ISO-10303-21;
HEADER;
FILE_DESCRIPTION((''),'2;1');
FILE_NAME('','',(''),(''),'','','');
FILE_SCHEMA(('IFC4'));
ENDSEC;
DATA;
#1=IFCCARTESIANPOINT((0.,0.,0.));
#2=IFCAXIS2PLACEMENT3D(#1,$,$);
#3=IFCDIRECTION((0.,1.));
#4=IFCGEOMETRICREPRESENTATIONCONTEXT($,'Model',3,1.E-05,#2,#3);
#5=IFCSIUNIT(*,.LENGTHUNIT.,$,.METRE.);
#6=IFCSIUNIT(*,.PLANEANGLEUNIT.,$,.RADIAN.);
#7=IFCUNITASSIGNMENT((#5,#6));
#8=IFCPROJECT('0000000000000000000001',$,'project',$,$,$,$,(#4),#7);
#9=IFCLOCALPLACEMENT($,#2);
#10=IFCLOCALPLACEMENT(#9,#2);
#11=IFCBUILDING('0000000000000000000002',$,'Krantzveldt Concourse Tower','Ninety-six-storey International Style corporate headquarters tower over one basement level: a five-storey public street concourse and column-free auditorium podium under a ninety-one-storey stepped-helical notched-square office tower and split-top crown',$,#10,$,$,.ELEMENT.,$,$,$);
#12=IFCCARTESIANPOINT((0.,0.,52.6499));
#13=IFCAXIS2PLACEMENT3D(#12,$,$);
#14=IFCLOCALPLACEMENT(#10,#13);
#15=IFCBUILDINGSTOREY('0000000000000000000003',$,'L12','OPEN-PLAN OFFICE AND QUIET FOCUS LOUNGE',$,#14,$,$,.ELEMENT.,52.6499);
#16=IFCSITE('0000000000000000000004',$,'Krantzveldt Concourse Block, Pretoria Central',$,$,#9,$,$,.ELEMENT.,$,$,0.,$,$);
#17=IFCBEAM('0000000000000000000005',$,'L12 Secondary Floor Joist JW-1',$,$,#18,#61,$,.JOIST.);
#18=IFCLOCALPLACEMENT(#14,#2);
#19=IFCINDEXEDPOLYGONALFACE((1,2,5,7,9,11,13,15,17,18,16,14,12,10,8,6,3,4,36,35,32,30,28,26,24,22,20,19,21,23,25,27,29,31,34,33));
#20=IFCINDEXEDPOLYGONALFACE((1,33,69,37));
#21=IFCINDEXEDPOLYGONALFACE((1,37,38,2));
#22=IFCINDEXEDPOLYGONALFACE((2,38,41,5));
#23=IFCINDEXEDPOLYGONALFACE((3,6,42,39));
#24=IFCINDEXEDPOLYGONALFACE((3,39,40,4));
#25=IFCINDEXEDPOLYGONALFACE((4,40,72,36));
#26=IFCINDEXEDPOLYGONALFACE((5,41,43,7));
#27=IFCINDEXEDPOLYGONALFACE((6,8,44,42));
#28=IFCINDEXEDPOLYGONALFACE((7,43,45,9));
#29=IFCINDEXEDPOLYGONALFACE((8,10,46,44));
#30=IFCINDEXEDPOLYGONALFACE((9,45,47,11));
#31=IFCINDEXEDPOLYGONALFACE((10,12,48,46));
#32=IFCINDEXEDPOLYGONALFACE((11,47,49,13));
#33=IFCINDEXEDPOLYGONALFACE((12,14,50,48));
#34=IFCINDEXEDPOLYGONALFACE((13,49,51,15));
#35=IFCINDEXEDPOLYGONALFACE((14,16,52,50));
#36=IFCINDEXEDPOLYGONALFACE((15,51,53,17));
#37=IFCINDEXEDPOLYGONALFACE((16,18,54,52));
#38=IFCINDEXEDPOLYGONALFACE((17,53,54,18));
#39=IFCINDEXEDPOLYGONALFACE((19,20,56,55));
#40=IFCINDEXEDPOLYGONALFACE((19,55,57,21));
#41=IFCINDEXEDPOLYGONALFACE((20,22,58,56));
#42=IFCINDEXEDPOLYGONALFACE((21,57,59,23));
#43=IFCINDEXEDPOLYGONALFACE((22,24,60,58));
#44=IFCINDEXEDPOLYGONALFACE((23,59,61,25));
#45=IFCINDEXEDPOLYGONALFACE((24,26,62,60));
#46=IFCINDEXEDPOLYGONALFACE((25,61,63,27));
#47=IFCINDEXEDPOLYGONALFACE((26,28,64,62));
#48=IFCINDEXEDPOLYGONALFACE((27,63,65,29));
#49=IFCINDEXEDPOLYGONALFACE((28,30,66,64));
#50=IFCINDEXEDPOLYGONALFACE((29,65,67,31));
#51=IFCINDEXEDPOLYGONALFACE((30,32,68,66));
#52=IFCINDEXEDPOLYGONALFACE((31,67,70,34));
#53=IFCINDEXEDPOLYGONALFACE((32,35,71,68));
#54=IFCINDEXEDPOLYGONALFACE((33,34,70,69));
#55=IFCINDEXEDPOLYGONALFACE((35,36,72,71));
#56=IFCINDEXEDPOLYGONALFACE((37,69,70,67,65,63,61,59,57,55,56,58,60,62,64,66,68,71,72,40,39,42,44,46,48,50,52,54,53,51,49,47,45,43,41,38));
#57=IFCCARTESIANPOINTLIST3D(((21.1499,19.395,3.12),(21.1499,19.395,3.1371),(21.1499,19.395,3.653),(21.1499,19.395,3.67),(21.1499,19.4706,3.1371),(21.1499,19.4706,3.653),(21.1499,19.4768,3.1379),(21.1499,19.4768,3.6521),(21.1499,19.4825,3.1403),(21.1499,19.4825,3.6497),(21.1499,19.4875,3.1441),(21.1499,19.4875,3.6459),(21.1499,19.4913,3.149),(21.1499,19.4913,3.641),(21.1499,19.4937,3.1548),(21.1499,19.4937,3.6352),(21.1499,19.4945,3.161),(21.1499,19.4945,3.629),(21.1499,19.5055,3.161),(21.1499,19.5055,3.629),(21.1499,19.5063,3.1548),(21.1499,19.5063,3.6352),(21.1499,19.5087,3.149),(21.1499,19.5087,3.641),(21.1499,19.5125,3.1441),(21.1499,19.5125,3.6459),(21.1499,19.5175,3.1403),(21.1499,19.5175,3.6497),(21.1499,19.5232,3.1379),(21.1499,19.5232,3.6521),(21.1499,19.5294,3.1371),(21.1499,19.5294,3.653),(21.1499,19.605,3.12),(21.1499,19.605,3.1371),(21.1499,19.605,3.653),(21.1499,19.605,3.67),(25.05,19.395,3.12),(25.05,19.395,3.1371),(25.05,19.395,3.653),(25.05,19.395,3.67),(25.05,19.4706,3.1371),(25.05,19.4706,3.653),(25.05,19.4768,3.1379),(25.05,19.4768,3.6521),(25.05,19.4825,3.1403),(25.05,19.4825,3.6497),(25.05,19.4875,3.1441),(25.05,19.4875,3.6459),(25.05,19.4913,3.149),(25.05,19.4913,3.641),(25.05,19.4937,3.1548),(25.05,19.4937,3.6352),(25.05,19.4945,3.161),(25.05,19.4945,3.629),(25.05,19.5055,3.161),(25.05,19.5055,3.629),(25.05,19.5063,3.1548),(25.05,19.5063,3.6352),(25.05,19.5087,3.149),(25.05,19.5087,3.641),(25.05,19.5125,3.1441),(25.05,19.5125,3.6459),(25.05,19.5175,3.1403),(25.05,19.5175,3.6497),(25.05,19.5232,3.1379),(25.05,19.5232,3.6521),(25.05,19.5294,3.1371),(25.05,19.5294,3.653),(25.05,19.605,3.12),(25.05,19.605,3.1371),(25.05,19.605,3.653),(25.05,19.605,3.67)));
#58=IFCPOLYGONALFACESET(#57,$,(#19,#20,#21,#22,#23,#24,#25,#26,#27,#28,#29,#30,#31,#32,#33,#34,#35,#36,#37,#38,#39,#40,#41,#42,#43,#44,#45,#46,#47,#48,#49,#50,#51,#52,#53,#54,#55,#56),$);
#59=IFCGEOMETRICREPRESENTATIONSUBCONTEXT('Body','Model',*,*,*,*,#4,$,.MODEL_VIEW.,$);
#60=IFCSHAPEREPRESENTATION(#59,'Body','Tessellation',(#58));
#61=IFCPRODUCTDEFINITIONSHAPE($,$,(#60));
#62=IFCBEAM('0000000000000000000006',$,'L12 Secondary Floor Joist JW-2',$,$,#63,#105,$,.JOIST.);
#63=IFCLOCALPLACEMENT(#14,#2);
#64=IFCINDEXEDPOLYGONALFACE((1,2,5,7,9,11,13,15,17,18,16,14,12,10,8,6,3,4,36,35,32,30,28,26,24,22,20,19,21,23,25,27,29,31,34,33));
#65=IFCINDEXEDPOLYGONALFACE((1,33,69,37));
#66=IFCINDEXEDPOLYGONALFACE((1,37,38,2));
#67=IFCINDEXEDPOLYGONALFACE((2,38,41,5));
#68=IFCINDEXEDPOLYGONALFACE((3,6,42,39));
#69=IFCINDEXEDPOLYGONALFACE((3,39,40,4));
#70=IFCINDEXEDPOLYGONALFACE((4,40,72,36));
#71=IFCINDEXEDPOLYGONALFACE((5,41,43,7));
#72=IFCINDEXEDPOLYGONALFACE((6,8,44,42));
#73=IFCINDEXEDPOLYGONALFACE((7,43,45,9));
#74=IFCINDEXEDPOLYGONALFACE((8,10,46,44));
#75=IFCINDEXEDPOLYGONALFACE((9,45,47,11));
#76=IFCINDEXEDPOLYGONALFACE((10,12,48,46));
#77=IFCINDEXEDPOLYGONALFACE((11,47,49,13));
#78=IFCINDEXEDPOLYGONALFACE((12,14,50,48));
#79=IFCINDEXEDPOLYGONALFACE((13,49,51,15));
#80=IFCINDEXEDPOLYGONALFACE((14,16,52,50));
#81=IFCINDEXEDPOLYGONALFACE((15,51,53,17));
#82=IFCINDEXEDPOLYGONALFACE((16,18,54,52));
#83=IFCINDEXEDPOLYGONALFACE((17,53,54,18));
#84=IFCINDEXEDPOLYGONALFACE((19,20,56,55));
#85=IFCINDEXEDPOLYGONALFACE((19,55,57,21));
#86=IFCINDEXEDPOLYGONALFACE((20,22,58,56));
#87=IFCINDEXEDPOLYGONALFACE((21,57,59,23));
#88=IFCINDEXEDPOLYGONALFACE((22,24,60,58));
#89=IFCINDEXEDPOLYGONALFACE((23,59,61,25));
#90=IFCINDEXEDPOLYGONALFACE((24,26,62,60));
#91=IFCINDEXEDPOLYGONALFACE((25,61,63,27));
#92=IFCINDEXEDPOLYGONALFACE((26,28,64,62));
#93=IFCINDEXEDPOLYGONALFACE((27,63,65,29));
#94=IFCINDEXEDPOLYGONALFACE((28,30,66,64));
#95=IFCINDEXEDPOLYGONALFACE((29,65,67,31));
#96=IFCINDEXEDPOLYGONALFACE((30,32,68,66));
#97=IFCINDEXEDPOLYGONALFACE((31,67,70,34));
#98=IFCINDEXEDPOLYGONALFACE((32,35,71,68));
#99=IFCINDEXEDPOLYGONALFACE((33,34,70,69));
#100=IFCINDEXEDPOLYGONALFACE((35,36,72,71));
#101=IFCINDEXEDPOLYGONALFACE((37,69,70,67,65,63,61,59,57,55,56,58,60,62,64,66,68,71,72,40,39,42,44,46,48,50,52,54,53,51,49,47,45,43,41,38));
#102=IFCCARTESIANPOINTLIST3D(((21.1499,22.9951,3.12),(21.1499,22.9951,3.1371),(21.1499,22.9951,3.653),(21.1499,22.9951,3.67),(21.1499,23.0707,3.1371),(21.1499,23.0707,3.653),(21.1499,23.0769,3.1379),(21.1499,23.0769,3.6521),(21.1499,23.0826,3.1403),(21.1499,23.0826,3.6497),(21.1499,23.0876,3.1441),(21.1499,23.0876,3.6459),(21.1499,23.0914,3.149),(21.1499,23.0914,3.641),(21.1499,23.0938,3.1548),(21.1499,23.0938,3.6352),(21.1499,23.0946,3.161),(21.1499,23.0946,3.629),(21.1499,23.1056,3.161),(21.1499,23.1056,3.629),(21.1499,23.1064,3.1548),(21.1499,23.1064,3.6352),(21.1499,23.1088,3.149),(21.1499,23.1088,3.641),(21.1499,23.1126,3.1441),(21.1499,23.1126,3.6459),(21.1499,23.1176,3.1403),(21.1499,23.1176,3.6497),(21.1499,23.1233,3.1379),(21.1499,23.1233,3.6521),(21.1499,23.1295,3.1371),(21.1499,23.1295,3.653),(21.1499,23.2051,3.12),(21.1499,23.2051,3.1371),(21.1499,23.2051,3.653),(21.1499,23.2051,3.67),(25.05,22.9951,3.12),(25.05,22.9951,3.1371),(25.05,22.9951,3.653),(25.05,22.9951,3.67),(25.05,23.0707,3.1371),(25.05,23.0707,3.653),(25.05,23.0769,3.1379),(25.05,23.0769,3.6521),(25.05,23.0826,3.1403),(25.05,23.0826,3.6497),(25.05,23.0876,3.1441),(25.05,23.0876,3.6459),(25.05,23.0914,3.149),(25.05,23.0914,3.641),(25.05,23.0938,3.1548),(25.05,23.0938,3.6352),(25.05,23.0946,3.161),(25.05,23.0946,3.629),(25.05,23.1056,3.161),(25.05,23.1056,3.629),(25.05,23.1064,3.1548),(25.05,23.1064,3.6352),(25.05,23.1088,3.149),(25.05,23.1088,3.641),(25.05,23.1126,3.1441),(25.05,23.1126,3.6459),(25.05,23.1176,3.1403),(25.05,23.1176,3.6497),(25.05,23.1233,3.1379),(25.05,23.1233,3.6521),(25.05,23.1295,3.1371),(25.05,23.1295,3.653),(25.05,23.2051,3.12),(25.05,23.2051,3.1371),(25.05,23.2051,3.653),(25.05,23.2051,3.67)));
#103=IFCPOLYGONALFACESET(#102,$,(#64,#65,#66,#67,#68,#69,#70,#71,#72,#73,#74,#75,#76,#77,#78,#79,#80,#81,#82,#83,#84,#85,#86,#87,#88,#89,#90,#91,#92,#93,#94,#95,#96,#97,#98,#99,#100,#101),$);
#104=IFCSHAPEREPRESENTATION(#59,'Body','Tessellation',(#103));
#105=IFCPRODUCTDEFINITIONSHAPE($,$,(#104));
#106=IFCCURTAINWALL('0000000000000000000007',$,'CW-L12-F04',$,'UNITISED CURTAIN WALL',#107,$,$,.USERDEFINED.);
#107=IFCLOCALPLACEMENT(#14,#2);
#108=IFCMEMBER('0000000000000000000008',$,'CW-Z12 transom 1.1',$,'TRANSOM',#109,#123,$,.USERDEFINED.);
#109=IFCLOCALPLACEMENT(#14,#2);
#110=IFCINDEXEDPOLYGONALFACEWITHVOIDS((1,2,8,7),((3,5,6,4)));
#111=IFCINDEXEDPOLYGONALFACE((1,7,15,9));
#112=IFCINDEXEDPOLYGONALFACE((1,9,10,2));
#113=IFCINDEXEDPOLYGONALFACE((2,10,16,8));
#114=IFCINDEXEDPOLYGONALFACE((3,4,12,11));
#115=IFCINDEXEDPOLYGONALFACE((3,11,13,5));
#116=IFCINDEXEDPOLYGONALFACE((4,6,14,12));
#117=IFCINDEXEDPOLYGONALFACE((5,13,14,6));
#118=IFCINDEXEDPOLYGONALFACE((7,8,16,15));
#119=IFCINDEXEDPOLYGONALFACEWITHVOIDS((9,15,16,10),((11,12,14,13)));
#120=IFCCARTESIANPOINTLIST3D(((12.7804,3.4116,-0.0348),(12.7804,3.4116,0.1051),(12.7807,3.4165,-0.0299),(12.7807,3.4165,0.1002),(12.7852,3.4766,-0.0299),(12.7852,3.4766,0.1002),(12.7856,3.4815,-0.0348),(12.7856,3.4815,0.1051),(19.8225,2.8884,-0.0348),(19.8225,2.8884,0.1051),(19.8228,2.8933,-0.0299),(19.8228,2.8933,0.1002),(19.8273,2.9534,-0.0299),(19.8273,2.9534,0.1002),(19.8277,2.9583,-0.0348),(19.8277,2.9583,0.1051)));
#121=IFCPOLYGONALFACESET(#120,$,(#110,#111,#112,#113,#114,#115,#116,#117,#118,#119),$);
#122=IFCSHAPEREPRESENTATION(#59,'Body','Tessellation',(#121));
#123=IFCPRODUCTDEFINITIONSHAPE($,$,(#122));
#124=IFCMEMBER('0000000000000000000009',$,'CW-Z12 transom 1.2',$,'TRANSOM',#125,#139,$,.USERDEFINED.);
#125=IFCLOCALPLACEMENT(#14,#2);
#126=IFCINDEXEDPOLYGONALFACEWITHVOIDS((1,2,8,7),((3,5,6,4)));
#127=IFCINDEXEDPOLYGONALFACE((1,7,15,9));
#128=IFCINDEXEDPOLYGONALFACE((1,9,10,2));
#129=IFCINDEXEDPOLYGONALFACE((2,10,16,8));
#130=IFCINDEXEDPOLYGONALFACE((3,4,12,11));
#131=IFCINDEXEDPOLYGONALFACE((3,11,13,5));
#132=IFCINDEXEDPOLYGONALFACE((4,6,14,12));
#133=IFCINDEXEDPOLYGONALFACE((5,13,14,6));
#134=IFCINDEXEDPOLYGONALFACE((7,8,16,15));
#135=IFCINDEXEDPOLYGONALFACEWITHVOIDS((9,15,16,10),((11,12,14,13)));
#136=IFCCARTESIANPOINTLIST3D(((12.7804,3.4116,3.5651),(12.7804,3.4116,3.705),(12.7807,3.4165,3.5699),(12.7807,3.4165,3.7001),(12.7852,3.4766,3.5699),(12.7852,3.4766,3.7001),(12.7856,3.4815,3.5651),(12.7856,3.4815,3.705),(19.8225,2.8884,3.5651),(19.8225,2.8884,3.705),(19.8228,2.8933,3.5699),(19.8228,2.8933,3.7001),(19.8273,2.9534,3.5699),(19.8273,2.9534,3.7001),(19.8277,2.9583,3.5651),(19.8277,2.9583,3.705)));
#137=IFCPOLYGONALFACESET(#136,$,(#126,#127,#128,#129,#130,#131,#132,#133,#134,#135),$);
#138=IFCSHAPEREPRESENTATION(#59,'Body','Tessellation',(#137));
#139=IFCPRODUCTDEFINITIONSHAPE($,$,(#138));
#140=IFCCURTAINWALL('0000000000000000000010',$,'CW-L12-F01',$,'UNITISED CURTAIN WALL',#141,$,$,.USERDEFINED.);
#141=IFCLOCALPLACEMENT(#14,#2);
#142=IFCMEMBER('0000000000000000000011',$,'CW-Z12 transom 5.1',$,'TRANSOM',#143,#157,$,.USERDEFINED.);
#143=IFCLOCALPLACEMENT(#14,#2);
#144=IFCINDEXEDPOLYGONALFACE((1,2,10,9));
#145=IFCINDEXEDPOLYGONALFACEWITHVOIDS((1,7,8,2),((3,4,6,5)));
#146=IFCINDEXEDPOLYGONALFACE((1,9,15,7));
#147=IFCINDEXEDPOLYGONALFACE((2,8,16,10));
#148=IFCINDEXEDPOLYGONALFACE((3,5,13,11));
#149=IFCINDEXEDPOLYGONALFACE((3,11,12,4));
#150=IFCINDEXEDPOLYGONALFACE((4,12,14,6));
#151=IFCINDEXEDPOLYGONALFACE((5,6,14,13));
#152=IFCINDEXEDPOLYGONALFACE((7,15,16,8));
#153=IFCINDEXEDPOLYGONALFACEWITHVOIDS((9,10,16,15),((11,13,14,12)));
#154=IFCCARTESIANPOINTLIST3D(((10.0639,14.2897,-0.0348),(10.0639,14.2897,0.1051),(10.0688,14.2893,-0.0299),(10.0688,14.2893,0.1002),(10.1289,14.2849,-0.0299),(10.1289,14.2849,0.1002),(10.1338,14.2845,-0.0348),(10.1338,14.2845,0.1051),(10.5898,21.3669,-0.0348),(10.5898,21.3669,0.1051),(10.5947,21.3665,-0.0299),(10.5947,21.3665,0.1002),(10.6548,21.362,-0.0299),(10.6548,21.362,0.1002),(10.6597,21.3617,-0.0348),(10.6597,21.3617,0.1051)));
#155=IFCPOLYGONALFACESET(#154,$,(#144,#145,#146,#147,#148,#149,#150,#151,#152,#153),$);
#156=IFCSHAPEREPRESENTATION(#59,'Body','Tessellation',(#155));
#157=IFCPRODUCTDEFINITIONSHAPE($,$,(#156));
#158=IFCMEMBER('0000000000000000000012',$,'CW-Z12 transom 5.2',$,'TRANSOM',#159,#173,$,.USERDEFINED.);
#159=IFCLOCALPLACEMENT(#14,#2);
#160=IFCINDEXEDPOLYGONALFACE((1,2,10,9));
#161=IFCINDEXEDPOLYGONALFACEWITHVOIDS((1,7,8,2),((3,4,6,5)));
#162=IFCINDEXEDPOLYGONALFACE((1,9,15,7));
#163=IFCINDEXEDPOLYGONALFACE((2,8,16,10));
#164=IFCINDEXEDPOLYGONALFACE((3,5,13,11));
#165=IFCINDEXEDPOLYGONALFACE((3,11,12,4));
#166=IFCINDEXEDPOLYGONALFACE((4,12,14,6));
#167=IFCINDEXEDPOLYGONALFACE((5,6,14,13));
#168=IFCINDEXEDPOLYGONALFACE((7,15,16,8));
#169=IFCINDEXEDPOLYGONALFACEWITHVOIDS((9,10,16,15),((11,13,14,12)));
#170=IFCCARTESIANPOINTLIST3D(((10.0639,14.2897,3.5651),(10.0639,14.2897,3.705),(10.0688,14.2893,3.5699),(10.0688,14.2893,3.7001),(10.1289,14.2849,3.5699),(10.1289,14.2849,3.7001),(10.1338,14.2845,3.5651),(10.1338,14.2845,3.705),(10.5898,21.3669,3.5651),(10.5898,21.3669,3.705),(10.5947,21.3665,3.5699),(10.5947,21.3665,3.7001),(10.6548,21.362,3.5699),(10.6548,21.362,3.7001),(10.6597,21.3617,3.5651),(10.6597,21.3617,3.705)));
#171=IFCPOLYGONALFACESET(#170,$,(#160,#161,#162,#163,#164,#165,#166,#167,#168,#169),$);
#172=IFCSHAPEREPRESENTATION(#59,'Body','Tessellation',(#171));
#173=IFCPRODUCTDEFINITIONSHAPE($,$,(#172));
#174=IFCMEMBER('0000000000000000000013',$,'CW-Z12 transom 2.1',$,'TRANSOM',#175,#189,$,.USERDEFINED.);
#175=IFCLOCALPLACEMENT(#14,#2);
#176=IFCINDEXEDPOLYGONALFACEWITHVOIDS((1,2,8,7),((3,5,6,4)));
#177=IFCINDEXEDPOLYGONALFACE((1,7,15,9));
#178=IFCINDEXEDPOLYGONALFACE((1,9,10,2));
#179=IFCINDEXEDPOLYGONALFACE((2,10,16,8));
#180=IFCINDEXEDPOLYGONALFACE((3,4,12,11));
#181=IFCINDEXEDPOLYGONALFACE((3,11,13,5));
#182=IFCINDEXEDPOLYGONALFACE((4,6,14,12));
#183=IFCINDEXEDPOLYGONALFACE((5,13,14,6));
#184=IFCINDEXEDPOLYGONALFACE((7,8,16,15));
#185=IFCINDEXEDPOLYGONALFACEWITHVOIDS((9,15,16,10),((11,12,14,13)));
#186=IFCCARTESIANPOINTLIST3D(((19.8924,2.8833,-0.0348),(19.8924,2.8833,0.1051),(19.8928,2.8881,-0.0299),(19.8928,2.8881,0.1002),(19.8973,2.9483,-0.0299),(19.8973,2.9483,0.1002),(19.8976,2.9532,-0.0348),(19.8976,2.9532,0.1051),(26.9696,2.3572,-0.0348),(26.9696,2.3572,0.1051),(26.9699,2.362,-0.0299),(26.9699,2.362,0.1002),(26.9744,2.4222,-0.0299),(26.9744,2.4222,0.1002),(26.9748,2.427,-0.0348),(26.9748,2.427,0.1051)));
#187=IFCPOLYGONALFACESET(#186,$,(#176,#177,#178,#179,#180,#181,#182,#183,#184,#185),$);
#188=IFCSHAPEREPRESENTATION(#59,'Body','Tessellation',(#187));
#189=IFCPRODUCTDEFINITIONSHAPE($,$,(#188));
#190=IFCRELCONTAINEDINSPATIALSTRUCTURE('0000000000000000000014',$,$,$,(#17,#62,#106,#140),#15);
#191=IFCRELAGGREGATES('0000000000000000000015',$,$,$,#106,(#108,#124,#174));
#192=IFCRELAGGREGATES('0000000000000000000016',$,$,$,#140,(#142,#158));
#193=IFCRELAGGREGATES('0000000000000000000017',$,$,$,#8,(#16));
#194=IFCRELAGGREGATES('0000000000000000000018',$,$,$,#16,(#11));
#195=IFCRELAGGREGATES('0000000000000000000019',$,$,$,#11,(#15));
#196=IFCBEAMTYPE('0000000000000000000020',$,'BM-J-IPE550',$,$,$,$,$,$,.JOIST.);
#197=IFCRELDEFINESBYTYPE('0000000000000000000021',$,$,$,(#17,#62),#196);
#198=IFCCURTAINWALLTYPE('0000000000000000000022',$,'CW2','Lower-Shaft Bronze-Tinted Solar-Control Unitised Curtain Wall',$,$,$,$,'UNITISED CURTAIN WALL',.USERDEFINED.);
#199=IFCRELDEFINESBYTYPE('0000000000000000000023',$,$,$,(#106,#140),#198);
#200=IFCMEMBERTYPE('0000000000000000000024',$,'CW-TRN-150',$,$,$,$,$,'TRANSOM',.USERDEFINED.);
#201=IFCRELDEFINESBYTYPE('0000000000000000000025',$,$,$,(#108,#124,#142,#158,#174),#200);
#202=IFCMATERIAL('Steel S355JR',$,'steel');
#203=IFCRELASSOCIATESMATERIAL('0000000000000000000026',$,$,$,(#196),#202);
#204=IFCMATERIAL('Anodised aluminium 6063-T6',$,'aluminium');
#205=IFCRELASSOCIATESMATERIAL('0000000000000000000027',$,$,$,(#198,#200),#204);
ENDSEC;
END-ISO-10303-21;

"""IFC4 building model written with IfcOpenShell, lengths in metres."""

from ifc_helpers import new_model, si_unit, direction, frame, origin, origin_2d, place, context, subcontext, project, spatial, hollow_rectangle, i_section, extrude, source, transform, mapped, material, material_profile, profile_set, type_object, type_shapes, element, aggregate, save


model = new_model("IFC4")

# Units and contexts
model_context = context("Model", 3, precision=1e-05, world=origin(), true_north=direction((0.0, 1.0)))
body_context = subcontext(model_context, "Body", "Model", "MODEL_VIEW")
ifc_project = project(units=[si_unit("LENGTHUNIT", "METRE"), si_unit("PLANEANGLEUNIT", "RADIAN")], contexts=[model_context])

# Site, building, storey
site_placement = place(None, origin())
site = spatial("IfcSite", under=ifc_project, at=site_placement, Name="Krantzveldt Concourse Block, Pretoria Central", CompositionType="ELEMENT", RefElevation=0.0)
building_placement = place(site_placement, origin())
building = spatial("IfcBuilding", under=site, at=building_placement, Name="Krantzveldt Concourse Tower", Description="Ninety-six-storey International Style corporate headquarters tower over one basement level: a five-storey public street concourse and column-free auditorium podium under a ninety-one-storey stepped-helical notched-square office tower and split-top crown", CompositionType="ELEMENT")
storey_placement = place(building_placement, frame((0.0, 0.0, 52.6499)))
storey = spatial("IfcBuildingStorey", under=building, at=storey_placement, Name="L12", Description="OPEN-PLAN OFFICE AND QUIET FOCUS LOUNGE", CompositionType="ELEMENT", Elevation=52.6499)

# Beams
ifc_material_1 = material(Name="Steel S355JR", Category="steel")
ifc_material_profile_1 = material_profile(ifc_material_1, i_section(OverallWidth=0.21, OverallDepth=0.55, WebThickness=0.011, FlangeThickness=0.0171, FilletRadius=0.0239, at=origin_2d()), Name="Steel S355JR", Category="steel")
ifc_profile_set_1 = profile_set([ifc_material_profile_1], Name="Steel S355JR - IPE 550")
beam_type_1 = type_object("IfcBeamType", Name="BM-J-IPE550", PredefinedType="JOIST", material=ifc_profile_set_1)
shared_shape_1 = source(origin(), body_context, "Body", "SweptSolid", [
    extrude(i_section(OverallWidth=0.21, OverallDepth=0.55, WebThickness=0.011, FlangeThickness=0.0171, FilletRadius=0.0239, at=origin_2d()), origin(), (0.0, 0.0, 1.0), 3.9001),
])
type_shapes(beam_type_1, [shared_shape_1])
for number, where, z_axis, x_axis, name in (
    (1, (21.1499, 19.5, 3.395), (1.0, 0.0, 0.0), (0.0, 1.0, 0.0), "L12 Secondary Floor Joist JW-1"),
    (2, (21.1499, 23.1001, 3.395), (1.0, 0.0, 0.0), (0.0, 1.0, 0.0), "L12 Secondary Floor Joist JW-2"),
):
    element("IfcBeam", number, at=place(storey_placement, frame(where, z_axis=z_axis, x_axis=x_axis)), inside=storey, type_object=beam_type_1, Name=name, PredefinedType="JOIST", context=body_context, shape_type="MappedRepresentation", body=[
        mapped(shared_shape_1, transform((0.0, 0.0, 0.0), x_axis=(1.0, 0.0, 0.0), y_axis=(0.0, 1.0, 0.0), z_axis=(0.0, 0.0, 1.0), scale=1.0)),
    ])

# Curtain walls, members
ifc_material_2 = material(Name="Anodised aluminium 6063-T6", Category="aluminium")
curtain_wall_type = type_object("IfcCurtainWallType", Name="CW2", Description="Lower-Shaft Bronze-Tinted Solar-Control Unitised Curtain Wall", ElementType="UNITISED CURTAIN WALL", PredefinedType="USERDEFINED", material=ifc_material_2)
curtain_wall_1_placement = place(storey_placement, origin())
curtain_wall_1 = element("IfcCurtainWall", 3, at=curtain_wall_1_placement, inside=storey, type_object=curtain_wall_type, Name="CW-L12-F04", ObjectType="UNITISED CURTAIN WALL", PredefinedType="USERDEFINED")
ifc_material_profile_2 = material_profile(ifc_material_2, hollow_rectangle(XDim=0.0701, YDim=0.1399, WallThickness=0.0049, at=origin_2d()), Name="Anodised aluminium 6063-T6", Category="aluminium")
ifc_profile_set_2 = profile_set([ifc_material_profile_2], Name="Anodised aluminium 6063-T6 - ALU-TRAN 140x70x5")
member_type_1 = type_object("IfcMemberType", Name="CW-TRN-150", ElementType="TRANSOM", PredefinedType="USERDEFINED", material=ifc_profile_set_2)
shared_shape_2 = source(origin(), body_context, "Body", "SweptSolid", [
    extrude(hollow_rectangle(XDim=0.0701, YDim=0.1399, WallThickness=0.0049, at=origin_2d()), origin(), (0.0, 0.0, 1.0), 7.0615),
])
member_1_placement = place(storey_placement, frame((12.783, 3.4465, 0.0352), z_axis=(0.997252, -0.074089, 0.0), x_axis=(0.074089, 0.997252, 0.0)))
member_1 = element("IfcMember", 4, at=member_1_placement, type_object=member_type_1, Name="CW-Z12 transom 1.1", ObjectType="TRANSOM", PredefinedType="USERDEFINED", context=body_context, shape_type="MappedRepresentation", body=[
    mapped(shared_shape_2, transform((0.0, 0.0, 0.0), x_axis=(1.0, 0.0, 0.0), y_axis=(0.0, 1.0, 0.0), z_axis=(0.0, 0.0, 1.0), scale=1.0)),
])
member_2_placement = place(storey_placement, frame((12.783, 3.4465, 3.635), z_axis=(0.997252, -0.074089, 0.0), x_axis=(0.074089, 0.997252, 0.0)))
member_2 = element("IfcMember", 5, at=member_2_placement, type_object=member_type_1, Name="CW-Z12 transom 1.2", ObjectType="TRANSOM", PredefinedType="USERDEFINED", context=body_context, shape_type="MappedRepresentation", body=[
    mapped(shared_shape_2, transform((0.0, 0.0, 0.0), x_axis=(1.0, 0.0, 0.0), y_axis=(0.0, 1.0, 0.0), z_axis=(0.0, 0.0, 1.0), scale=1.0)),
])
curtain_wall_2_placement = place(storey_placement, origin())
curtain_wall_2 = element("IfcCurtainWall", 6, at=curtain_wall_2_placement, inside=storey, type_object=curtain_wall_type, Name="CW-L12-F01", ObjectType="UNITISED CURTAIN WALL", PredefinedType="USERDEFINED")
shared_shape_3 = source(origin(), body_context, "Body", "SweptSolid", [
    extrude(hollow_rectangle(XDim=0.0701, YDim=0.1399, WallThickness=0.0049, at=origin_2d()), origin(), (0.0, 0.0, 1.0), 7.0967),
])
member_3_placement = place(storey_placement, frame((10.6248, 21.3643, 0.0352), z_axis=(-0.074102, -0.997251, 0.0), x_axis=(0.997251, -0.074102, 0.0)))
member_3 = element("IfcMember", 7, at=member_3_placement, type_object=member_type_1, Name="CW-Z12 transom 5.1", ObjectType="TRANSOM", PredefinedType="USERDEFINED", context=body_context, shape_type="MappedRepresentation", body=[
    mapped(shared_shape_3, transform((0.0, 0.0, 0.0), x_axis=(1.0, 0.0, 0.0), y_axis=(0.0, 1.0, 0.0), z_axis=(0.0, 0.0, 1.0), scale=1.0)),
])
member_4_placement = place(storey_placement, frame((10.6248, 21.3643, 3.635), z_axis=(-0.074102, -0.997251, 0.0), x_axis=(0.997251, -0.074102, 0.0)))
member_4 = element("IfcMember", 8, at=member_4_placement, type_object=member_type_1, Name="CW-Z12 transom 5.2", ObjectType="TRANSOM", PredefinedType="USERDEFINED", context=body_context, shape_type="MappedRepresentation", body=[
    mapped(shared_shape_3, transform((0.0, 0.0, 0.0), x_axis=(1.0, 0.0, 0.0), y_axis=(0.0, 1.0, 0.0), z_axis=(0.0, 0.0, 1.0), scale=1.0)),
])

# Member
member_5_placement = place(storey_placement, frame((19.895, 2.9182, 0.0352), z_axis=(0.997248, -0.074137, 0.0), x_axis=(0.074137, 0.997248, 0.0)))
member_5 = element("IfcMember", 9, at=member_5_placement, type_object=member_type_1, Name="CW-Z12 transom 2.1", ObjectType="TRANSOM", PredefinedType="USERDEFINED", context=body_context, shape_type="MappedRepresentation", body=[
    mapped(shared_shape_3, transform((0.0, 0.0, 0.0), x_axis=(1.0, 0.0, 0.0), y_axis=(0.0, 1.0, 0.0), z_axis=(0.0, 0.0, 1.0), scale=1.0)),
])

aggregate(curtain_wall_1, [member_1, member_2, member_5])
aggregate(curtain_wall_2, [member_3, member_4])

save(model, "model.ifc")
